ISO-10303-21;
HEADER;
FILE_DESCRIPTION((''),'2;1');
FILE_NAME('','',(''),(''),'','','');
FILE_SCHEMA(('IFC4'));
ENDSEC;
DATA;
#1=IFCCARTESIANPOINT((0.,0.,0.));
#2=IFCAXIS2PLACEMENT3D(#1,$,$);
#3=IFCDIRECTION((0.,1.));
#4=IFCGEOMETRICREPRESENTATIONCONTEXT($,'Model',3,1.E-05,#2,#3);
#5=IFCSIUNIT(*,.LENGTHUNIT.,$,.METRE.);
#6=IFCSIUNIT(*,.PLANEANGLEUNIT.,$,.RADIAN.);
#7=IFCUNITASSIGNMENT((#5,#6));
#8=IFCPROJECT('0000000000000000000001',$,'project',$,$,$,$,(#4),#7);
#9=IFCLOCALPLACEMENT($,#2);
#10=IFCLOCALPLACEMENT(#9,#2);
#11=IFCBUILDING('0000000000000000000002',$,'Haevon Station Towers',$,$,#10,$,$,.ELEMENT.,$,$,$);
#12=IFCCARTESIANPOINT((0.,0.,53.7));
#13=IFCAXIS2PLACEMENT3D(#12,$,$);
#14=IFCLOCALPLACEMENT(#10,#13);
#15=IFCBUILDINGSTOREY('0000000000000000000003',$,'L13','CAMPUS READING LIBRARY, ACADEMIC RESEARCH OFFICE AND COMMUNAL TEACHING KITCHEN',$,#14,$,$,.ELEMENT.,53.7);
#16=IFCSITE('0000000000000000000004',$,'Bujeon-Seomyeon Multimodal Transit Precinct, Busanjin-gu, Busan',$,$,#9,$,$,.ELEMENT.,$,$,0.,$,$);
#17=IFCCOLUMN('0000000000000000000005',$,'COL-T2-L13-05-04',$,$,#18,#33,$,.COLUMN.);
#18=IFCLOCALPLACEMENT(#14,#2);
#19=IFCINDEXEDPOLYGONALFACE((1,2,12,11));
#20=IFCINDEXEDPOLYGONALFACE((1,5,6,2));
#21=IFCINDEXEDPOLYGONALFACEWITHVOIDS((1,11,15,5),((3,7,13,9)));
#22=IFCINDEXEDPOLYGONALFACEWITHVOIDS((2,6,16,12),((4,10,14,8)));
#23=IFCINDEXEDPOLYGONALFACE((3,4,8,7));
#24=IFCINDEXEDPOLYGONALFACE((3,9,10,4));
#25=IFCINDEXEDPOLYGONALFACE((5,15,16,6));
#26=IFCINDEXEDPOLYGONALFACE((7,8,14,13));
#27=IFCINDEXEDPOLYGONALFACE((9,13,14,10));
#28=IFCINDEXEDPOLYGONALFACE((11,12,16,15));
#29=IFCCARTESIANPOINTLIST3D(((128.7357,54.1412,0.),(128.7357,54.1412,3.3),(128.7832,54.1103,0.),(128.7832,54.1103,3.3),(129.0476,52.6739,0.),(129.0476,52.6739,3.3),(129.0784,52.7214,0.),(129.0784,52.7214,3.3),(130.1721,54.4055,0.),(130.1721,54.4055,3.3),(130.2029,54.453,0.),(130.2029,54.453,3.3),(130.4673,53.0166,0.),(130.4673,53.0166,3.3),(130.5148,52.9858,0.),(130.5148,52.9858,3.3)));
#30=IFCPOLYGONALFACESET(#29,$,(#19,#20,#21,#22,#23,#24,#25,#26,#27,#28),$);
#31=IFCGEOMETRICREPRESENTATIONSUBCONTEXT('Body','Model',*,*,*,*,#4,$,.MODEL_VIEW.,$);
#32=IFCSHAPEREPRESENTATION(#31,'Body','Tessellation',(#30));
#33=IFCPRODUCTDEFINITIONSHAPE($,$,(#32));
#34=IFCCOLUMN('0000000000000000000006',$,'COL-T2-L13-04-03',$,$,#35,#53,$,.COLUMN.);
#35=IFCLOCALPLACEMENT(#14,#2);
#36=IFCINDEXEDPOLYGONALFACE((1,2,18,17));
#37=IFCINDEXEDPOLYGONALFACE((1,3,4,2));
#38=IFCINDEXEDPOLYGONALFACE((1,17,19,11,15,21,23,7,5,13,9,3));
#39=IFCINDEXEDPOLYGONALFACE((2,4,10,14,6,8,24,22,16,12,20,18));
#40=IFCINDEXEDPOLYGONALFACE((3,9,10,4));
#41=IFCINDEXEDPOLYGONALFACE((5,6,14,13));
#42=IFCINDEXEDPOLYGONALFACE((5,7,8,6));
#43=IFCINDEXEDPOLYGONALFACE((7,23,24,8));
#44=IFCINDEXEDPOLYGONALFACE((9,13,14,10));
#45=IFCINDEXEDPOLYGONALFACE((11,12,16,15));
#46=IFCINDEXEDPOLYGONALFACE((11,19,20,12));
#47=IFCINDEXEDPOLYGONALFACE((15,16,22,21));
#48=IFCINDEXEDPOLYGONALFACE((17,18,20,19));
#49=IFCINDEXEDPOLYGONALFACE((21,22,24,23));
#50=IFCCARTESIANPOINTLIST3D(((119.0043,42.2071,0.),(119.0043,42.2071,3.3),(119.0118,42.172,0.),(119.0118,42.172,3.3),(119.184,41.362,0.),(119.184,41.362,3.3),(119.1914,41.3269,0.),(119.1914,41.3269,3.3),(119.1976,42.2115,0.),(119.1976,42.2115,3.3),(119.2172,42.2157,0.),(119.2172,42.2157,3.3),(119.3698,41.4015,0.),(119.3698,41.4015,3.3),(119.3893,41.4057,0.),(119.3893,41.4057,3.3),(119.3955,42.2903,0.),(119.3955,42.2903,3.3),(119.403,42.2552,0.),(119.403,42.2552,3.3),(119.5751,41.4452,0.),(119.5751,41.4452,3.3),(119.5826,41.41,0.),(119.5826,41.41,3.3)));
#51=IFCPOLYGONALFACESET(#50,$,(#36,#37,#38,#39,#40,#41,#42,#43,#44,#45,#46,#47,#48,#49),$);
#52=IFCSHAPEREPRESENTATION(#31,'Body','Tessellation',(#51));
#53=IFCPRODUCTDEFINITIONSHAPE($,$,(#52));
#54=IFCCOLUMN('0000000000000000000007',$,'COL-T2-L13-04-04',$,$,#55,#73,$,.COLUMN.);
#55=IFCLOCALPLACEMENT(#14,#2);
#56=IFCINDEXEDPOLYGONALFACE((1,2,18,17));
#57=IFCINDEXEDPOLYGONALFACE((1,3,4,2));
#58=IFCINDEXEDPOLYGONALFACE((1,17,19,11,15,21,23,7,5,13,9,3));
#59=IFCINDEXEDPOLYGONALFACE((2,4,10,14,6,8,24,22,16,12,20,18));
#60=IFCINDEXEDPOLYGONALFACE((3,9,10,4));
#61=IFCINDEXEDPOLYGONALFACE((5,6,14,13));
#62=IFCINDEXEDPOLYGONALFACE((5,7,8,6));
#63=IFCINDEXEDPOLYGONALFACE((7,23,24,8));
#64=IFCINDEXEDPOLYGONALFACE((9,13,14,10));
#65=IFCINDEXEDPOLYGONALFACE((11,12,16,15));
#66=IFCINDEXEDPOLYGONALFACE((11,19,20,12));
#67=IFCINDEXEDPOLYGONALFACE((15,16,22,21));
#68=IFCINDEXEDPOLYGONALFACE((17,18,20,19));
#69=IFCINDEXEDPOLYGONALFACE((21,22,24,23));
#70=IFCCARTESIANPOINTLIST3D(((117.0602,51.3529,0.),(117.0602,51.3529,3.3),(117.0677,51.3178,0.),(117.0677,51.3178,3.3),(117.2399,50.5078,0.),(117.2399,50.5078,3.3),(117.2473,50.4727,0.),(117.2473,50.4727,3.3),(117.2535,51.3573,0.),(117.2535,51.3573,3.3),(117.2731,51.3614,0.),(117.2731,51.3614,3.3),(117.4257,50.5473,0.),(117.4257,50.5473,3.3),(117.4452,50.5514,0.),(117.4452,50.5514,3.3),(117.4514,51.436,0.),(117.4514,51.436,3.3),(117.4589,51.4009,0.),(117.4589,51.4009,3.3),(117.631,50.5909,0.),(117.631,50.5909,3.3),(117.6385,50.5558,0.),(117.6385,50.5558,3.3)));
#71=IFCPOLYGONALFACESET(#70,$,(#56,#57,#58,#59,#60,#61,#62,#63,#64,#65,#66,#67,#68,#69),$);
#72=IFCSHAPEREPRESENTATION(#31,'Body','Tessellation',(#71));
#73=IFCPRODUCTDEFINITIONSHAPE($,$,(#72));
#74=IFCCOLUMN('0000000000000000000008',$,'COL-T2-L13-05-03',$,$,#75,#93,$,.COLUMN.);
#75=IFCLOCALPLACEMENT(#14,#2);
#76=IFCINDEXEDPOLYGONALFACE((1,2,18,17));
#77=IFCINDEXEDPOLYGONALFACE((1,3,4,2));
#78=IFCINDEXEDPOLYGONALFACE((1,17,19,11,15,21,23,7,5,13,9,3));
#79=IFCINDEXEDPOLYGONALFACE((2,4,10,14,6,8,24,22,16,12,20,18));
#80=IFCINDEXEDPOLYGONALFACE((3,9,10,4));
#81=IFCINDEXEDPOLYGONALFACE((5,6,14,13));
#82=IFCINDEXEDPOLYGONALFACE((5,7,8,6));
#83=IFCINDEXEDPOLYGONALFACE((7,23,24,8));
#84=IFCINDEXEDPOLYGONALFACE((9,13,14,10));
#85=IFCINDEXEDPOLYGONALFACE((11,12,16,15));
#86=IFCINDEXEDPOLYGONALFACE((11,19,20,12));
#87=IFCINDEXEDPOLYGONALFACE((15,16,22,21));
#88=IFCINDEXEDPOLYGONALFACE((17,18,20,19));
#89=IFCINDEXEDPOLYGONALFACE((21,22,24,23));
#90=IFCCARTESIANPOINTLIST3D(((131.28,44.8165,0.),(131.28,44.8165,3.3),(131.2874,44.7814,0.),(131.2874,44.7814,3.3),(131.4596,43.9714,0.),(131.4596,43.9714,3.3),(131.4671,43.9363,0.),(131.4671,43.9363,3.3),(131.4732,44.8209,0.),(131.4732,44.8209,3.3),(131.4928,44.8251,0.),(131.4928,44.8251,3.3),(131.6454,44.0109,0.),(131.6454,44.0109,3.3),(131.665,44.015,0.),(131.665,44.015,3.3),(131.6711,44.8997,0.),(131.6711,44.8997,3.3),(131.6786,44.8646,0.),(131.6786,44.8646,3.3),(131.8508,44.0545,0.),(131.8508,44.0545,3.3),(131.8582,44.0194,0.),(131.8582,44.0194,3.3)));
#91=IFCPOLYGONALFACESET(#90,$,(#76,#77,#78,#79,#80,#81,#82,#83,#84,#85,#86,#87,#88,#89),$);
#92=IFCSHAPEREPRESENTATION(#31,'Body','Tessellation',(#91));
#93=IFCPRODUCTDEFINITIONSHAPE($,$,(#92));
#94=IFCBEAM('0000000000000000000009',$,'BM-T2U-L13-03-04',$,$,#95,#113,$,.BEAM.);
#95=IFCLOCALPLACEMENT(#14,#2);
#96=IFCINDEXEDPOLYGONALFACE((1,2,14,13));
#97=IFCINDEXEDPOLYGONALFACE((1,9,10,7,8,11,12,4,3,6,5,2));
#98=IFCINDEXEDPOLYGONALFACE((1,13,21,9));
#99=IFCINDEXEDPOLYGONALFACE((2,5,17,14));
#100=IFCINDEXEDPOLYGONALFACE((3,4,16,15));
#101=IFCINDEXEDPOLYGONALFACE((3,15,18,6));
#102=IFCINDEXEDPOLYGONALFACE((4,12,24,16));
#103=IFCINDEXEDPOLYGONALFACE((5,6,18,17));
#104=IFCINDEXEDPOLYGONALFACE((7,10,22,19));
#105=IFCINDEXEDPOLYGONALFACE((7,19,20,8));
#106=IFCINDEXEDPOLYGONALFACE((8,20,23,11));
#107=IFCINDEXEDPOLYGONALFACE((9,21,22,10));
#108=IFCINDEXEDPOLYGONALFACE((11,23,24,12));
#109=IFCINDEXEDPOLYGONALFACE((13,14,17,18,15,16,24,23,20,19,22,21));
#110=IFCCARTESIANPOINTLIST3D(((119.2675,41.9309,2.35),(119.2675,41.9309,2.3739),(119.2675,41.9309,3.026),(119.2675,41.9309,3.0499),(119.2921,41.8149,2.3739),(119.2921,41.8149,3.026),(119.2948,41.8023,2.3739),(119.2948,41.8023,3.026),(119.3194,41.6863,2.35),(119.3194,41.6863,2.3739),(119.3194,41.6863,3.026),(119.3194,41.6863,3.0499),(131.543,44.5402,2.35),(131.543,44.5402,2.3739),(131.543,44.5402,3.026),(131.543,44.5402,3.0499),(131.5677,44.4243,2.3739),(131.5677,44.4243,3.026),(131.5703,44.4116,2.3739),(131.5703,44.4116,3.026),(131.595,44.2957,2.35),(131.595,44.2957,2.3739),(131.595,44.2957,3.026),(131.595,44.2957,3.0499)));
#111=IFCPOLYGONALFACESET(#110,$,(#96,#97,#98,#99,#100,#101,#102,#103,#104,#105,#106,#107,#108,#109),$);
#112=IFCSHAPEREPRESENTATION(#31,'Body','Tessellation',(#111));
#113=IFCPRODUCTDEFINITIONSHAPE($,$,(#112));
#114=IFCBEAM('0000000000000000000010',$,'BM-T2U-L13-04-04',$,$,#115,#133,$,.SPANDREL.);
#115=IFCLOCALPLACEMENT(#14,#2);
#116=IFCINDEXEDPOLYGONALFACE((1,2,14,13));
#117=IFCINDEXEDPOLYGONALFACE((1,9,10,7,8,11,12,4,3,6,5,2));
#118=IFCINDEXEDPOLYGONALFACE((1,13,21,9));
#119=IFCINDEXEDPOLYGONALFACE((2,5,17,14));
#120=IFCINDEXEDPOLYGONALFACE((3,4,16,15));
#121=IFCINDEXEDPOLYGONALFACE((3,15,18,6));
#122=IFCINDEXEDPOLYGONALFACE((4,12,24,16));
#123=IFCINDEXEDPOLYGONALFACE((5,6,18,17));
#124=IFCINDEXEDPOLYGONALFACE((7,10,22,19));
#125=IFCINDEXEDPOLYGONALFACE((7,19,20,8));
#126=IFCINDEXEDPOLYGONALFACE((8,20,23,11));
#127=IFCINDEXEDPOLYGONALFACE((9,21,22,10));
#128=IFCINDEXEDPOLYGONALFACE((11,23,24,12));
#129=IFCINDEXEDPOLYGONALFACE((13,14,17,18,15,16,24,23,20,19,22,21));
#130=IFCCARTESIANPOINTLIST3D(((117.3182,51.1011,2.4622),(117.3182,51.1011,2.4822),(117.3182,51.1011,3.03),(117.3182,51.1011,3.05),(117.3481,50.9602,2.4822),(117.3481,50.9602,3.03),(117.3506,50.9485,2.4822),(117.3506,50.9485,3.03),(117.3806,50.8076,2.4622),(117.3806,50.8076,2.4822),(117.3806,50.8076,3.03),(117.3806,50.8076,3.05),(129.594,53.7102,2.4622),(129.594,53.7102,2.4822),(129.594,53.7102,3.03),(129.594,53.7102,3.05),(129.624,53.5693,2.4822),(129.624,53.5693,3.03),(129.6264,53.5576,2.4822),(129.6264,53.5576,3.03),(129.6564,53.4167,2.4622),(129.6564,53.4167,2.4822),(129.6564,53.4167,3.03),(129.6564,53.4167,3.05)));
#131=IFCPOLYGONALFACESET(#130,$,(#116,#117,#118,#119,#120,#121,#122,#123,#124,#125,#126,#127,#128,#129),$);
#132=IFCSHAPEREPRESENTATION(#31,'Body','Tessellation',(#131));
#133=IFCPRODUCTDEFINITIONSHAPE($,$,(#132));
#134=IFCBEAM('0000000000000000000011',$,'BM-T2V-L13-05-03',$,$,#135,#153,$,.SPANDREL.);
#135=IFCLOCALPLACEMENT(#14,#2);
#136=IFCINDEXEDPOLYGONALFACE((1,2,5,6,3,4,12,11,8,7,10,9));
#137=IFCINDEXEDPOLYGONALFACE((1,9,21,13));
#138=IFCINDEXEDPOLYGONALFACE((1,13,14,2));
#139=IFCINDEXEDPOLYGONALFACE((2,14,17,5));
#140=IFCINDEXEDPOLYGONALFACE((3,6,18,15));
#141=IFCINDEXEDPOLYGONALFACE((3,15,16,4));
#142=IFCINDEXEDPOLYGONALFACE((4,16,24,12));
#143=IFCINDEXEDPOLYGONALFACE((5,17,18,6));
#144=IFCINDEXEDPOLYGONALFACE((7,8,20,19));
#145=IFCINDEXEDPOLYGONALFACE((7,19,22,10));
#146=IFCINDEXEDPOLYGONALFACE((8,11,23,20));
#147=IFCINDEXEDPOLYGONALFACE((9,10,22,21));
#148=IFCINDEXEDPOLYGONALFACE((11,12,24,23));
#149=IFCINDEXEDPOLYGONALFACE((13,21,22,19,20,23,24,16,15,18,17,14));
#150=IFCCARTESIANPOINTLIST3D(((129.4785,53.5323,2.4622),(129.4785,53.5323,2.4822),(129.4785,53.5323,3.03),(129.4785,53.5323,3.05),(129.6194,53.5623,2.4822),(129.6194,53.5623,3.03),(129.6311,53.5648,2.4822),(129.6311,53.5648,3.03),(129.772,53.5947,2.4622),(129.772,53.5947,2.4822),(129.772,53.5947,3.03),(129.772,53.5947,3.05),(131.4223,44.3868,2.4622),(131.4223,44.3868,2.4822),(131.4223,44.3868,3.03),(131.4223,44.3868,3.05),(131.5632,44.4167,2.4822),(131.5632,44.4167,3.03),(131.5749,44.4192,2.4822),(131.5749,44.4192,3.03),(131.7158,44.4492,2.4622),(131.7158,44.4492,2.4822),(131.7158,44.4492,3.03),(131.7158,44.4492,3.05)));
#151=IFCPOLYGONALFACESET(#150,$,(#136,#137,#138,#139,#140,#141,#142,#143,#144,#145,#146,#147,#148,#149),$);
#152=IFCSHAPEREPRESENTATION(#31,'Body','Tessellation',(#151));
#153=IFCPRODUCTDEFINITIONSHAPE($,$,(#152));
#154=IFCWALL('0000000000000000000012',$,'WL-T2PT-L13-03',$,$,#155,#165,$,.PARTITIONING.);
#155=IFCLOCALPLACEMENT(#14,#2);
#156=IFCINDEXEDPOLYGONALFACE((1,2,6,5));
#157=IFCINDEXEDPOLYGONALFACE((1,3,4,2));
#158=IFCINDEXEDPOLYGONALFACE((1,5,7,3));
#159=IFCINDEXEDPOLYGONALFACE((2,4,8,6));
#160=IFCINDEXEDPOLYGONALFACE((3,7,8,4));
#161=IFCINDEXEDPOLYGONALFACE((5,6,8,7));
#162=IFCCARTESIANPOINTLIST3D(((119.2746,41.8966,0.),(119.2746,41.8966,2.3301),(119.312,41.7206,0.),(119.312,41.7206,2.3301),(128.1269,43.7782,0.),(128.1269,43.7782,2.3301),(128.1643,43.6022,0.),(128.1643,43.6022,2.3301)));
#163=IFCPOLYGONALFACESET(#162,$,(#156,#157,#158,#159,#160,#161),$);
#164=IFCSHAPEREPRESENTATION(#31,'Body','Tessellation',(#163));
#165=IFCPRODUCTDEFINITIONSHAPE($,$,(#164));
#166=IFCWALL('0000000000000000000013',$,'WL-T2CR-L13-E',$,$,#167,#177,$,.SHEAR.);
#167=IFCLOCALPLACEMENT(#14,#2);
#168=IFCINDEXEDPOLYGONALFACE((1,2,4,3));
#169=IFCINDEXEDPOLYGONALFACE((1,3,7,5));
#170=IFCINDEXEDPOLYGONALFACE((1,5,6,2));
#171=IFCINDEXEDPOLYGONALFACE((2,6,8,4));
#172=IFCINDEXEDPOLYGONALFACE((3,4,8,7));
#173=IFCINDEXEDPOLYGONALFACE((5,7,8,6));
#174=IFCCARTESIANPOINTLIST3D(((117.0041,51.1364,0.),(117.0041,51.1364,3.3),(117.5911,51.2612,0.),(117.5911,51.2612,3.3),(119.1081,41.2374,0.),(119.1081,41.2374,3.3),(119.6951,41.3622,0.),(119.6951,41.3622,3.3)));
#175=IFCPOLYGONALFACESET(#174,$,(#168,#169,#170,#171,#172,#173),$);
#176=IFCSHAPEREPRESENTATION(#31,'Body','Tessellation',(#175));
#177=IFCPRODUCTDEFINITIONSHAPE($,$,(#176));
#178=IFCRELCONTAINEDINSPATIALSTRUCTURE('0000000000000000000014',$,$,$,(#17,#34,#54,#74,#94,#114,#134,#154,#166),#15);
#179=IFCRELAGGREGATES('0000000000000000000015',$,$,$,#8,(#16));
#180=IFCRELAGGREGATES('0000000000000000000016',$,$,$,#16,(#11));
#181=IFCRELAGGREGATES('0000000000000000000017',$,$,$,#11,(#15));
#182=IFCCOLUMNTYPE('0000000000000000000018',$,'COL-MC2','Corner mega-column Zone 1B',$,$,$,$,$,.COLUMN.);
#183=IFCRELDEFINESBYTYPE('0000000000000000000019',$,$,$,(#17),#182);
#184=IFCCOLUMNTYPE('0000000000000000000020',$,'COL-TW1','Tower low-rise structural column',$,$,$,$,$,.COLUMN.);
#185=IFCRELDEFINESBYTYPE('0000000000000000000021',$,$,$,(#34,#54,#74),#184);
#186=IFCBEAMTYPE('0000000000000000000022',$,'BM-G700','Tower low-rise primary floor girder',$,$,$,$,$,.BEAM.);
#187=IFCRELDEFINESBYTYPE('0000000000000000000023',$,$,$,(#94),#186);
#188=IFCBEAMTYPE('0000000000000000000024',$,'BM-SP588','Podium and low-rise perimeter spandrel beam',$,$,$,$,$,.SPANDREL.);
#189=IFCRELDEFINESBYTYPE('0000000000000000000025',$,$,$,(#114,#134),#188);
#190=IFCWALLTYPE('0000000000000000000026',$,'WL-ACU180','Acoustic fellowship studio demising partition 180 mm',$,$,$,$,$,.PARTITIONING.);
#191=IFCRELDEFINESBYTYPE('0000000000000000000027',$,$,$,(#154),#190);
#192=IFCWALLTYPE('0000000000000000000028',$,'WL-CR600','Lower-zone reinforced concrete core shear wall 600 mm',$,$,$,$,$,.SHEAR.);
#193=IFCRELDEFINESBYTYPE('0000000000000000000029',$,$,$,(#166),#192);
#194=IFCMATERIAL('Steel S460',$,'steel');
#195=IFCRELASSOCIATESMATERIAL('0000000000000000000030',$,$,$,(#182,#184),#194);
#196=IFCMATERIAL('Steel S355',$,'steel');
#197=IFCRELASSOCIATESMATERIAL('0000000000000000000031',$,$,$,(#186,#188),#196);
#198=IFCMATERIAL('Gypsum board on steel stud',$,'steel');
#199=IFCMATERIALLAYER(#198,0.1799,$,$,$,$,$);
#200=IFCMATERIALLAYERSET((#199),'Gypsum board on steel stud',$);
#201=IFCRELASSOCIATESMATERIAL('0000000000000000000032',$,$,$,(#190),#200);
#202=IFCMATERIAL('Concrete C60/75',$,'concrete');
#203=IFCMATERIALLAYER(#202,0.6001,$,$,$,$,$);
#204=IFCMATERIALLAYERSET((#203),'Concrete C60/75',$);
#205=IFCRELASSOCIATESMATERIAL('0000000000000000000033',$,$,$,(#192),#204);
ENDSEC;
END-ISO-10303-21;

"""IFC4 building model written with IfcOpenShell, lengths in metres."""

from ifc_helpers import new_model, si_unit, direction, frame, frame_2d, origin, origin_2d, place, context, subcontext, project, spatial, rectangle, hollow_rectangle, i_section, extrude, material, layer, layer_set, material_profile, profile_set, type_object, element, save


model = new_model("IFC4")

# Units and contexts
model_context = context("Model", 3, precision=1e-05, world=origin(), true_north=direction((0.0, 1.0)))
body_context = subcontext(model_context, "Body", "Model", "MODEL_VIEW")
ifc_project = project(units=[si_unit("LENGTHUNIT", "METRE"), si_unit("PLANEANGLEUNIT", "RADIAN")], contexts=[model_context])

# Site, building, storey
site_placement = place(None, origin())
site = spatial("IfcSite", under=ifc_project, at=site_placement, Name="Bujeon-Seomyeon Multimodal Transit Precinct, Busanjin-gu, Busan", CompositionType="ELEMENT", RefElevation=0.0)
building_placement = place(site_placement, origin())
building = spatial("IfcBuilding", under=site, at=building_placement, Name="Haevon Station Towers", CompositionType="ELEMENT")
storey_placement = place(building_placement, frame((0.0, 0.0, 53.7)))
storey = spatial("IfcBuildingStorey", under=building, at=storey_placement, Name="L13", Description="CAMPUS READING LIBRARY, ACADEMIC RESEARCH OFFICE AND COMMUNAL TEACHING KITCHEN", CompositionType="ELEMENT", Elevation=53.7)

# Columns
ifc_material_1 = material(Name="Steel S460", Category="steel")
ifc_material_profile_1 = material_profile(ifc_material_1, hollow_rectangle(XDim=1.5, YDim=1.5, WallThickness=0.04, at=origin_2d()), Name="BOX-1500x1500x40")
ifc_profile_set_1 = profile_set([ifc_material_profile_1], Name="Steel S460")
column_type_1 = type_object("IfcColumnType", Name="COL-MC2", Description="Corner mega-column Zone 1B", PredefinedType="COLUMN", material=ifc_profile_set_1)
column_placement = place(storey_placement, frame((129.6252, 53.5635, 0.0), z_axis=(0.0, 0.0, 1.0), x_axis=(0.978148, 0.207912, 0.0)))
element("IfcColumn", 1, at=column_placement, inside=storey, type_object=column_type_1, Name="COL-T2-L13-05-04", PredefinedType="COLUMN", context=body_context, shape_type="SweptSolid", body=[
    extrude(hollow_rectangle(XDim=1.5, YDim=1.5, WallThickness=0.04, at=origin_2d()), origin(), (0.0, 0.0, 1.0), 3.3),
])
ifc_material_profile_2 = material_profile(ifc_material_1, i_section(OverallWidth=0.3999, OverallDepth=0.8999, WebThickness=0.02, FlangeThickness=0.0359, at=origin_2d()), Name="H-900x400x20x36")
ifc_profile_set_2 = profile_set([ifc_material_profile_2], Name="Steel S460")
column_type_2 = type_object("IfcColumnType", Name="COL-TW1", Description="Tower low-rise structural column", PredefinedType="COLUMN", material=ifc_profile_set_2)
for number, where, z_axis, x_axis, name in (
    (2, (119.2935, 41.8086, 0.0), (0.0, 0.0, 1.0), (0.978148, 0.207912, 0.0), "COL-T2-L13-04-03"),
    (3, (117.3494, 50.9543, 0.0), (0.0, 0.0, 1.0), (0.978148, 0.207912, 0.0), "COL-T2-L13-04-04"),
    (4, (131.5691, 44.418, 0.0), (0.0, 0.0, 1.0), (0.978148, 0.207912, 0.0), "COL-T2-L13-05-03"),
):
    element("IfcColumn", number, at=place(storey_placement, frame(where, z_axis=z_axis, x_axis=x_axis)), inside=storey, type_object=column_type_2, Name=name, PredefinedType="COLUMN", context=body_context, shape_type="SweptSolid", body=[
        extrude(i_section(OverallWidth=0.3999, OverallDepth=0.8999, WebThickness=0.02, FlangeThickness=0.0359, at=origin_2d()), origin(), (0.0, 0.0, 1.0), 3.3),
    ])

# Beams
ifc_material_2 = material(Name="Steel S355", Category="steel")
ifc_material_profile_3 = material_profile(ifc_material_2, i_section(OverallWidth=0.25, OverallDepth=0.7, WebThickness=0.0129, FlangeThickness=0.0239, at=origin_2d()), Name="H-700x250x13x24")
ifc_profile_set_3 = profile_set([ifc_material_profile_3], Name="Steel S355")
beam_type_1 = type_object("IfcBeamType", Name="BM-G700", Description="Tower low-rise primary floor girder", PredefinedType="BEAM", material=ifc_profile_set_3)
beam_1_placement = place(storey_placement, frame((119.2935, 41.8086, 2.7), z_axis=(0.978146, 0.20792, 0.0), x_axis=(-0.20792, 0.978146, 0.0)))
element("IfcBeam", 5, at=beam_1_placement, inside=storey, type_object=beam_type_1, Name="BM-T2U-L13-03-04", PredefinedType="BEAM", context=body_context, shape_type="SweptSolid", body=[
    extrude(i_section(OverallWidth=0.25, OverallDepth=0.7, WebThickness=0.0129, FlangeThickness=0.0239, at=origin_2d()), origin(), (0.0, 0.0, 1.0), 12.5498),
])
ifc_material_profile_4 = material_profile(ifc_material_2, i_section(OverallWidth=0.3, OverallDepth=0.5879, WebThickness=0.012, FlangeThickness=0.02, at=origin_2d()), Name="H-588x300x12x20")
ifc_profile_set_4 = profile_set([ifc_material_profile_4], Name="Steel S355")
beam_type_2 = type_object("IfcBeamType", Name="BM-SP588", Description="Podium and low-rise perimeter spandrel beam", PredefinedType="SPANDREL", material=ifc_profile_set_4)
beam_2_placement = place(storey_placement, frame((117.3494, 50.9543, 2.7561), z_axis=(0.978151, 0.207897, 0.0), x_axis=(-0.207897, 0.978151, 0.0)))
element("IfcBeam", 6, at=beam_2_placement, inside=storey, type_object=beam_type_2, Name="BM-T2U-L13-04-04", PredefinedType="SPANDREL", context=body_context, shape_type="SweptSolid", body=[
    extrude(i_section(OverallWidth=0.3, OverallDepth=0.5879, WebThickness=0.012, FlangeThickness=0.02, at=origin_2d()), origin(), (0.0, 0.0, 1.0), 12.55),
])
beam_3_placement = place(storey_placement, frame((131.5691, 44.418, 2.7561), z_axis=(-0.207902, 0.97815, 0.0), x_axis=(-0.97815, -0.207902, 0.0)))
element("IfcBeam", 7, at=beam_3_placement, inside=storey, type_object=beam_type_2, Name="BM-T2V-L13-05-03", PredefinedType="SPANDREL", context=body_context, shape_type="SweptSolid", body=[
    extrude(i_section(OverallWidth=0.3, OverallDepth=0.5879, WebThickness=0.012, FlangeThickness=0.02, at=origin_2d()), origin(), (0.0, 0.0, 1.0), 9.3499),
])

# Walls
ifc_material_3 = material(Name="Gypsum board on steel stud", Category="steel")
ifc_layer_1 = layer(ifc_material_3, 0.1799)
ifc_layer_set_1 = layer_set([ifc_layer_1], Name="Gypsum board on steel stud")
wall_type_1 = type_object("IfcWallType", Name="WL-ACU180", Description="Acoustic fellowship studio demising partition 180 mm", PredefinedType="PARTITIONING", material=ifc_layer_set_1)
wall_1_placement = place(storey_placement, frame((119.2935, 41.8086, 0.0), z_axis=(0.0, 0.0, 1.0), x_axis=(0.978148, 0.207909, 0.0)))
element("IfcWall", 8, at=wall_1_placement, inside=storey, type_object=wall_type_1, Name="WL-T2PT-L13-03", PredefinedType="PARTITIONING", context=body_context, shape_type="SweptSolid", body=[
    extrude(rectangle(XDim=9.05, YDim=0.1799, at=frame_2d((4.5249, 0.0))), origin(), (0.0, 0.0, 1.0), 2.3301),
])
ifc_material_4 = material(Name="Concrete C60/75", Category="concrete")
ifc_layer_2 = layer(ifc_material_4, 0.6001)
ifc_layer_set_2 = layer_set([ifc_layer_2], Name="Concrete C60/75")
wall_type_2 = type_object("IfcWallType", Name="WL-CR600", Description="Lower-zone reinforced concrete core shear wall 600 mm", PredefinedType="SHEAR", material=ifc_layer_set_2)
wall_2_placement = place(storey_placement, frame((119.4016, 41.2998, 0.0), z_axis=(0.0, 0.0, 1.0), x_axis=(-0.207904, 0.978149, 0.0)))
element("IfcWall", 9, at=wall_2_placement, inside=storey, type_object=wall_type_2, Name="WL-T2CR-L13-E", PredefinedType="SHEAR", context=body_context, shape_type="SweptSolid", body=[
    extrude(rectangle(XDim=10.1201, YDim=0.6001, at=frame_2d((5.0601, 0.0))), origin(), (0.0, 0.0, 1.0), 3.3),
])

save(model, "model.ifc")
